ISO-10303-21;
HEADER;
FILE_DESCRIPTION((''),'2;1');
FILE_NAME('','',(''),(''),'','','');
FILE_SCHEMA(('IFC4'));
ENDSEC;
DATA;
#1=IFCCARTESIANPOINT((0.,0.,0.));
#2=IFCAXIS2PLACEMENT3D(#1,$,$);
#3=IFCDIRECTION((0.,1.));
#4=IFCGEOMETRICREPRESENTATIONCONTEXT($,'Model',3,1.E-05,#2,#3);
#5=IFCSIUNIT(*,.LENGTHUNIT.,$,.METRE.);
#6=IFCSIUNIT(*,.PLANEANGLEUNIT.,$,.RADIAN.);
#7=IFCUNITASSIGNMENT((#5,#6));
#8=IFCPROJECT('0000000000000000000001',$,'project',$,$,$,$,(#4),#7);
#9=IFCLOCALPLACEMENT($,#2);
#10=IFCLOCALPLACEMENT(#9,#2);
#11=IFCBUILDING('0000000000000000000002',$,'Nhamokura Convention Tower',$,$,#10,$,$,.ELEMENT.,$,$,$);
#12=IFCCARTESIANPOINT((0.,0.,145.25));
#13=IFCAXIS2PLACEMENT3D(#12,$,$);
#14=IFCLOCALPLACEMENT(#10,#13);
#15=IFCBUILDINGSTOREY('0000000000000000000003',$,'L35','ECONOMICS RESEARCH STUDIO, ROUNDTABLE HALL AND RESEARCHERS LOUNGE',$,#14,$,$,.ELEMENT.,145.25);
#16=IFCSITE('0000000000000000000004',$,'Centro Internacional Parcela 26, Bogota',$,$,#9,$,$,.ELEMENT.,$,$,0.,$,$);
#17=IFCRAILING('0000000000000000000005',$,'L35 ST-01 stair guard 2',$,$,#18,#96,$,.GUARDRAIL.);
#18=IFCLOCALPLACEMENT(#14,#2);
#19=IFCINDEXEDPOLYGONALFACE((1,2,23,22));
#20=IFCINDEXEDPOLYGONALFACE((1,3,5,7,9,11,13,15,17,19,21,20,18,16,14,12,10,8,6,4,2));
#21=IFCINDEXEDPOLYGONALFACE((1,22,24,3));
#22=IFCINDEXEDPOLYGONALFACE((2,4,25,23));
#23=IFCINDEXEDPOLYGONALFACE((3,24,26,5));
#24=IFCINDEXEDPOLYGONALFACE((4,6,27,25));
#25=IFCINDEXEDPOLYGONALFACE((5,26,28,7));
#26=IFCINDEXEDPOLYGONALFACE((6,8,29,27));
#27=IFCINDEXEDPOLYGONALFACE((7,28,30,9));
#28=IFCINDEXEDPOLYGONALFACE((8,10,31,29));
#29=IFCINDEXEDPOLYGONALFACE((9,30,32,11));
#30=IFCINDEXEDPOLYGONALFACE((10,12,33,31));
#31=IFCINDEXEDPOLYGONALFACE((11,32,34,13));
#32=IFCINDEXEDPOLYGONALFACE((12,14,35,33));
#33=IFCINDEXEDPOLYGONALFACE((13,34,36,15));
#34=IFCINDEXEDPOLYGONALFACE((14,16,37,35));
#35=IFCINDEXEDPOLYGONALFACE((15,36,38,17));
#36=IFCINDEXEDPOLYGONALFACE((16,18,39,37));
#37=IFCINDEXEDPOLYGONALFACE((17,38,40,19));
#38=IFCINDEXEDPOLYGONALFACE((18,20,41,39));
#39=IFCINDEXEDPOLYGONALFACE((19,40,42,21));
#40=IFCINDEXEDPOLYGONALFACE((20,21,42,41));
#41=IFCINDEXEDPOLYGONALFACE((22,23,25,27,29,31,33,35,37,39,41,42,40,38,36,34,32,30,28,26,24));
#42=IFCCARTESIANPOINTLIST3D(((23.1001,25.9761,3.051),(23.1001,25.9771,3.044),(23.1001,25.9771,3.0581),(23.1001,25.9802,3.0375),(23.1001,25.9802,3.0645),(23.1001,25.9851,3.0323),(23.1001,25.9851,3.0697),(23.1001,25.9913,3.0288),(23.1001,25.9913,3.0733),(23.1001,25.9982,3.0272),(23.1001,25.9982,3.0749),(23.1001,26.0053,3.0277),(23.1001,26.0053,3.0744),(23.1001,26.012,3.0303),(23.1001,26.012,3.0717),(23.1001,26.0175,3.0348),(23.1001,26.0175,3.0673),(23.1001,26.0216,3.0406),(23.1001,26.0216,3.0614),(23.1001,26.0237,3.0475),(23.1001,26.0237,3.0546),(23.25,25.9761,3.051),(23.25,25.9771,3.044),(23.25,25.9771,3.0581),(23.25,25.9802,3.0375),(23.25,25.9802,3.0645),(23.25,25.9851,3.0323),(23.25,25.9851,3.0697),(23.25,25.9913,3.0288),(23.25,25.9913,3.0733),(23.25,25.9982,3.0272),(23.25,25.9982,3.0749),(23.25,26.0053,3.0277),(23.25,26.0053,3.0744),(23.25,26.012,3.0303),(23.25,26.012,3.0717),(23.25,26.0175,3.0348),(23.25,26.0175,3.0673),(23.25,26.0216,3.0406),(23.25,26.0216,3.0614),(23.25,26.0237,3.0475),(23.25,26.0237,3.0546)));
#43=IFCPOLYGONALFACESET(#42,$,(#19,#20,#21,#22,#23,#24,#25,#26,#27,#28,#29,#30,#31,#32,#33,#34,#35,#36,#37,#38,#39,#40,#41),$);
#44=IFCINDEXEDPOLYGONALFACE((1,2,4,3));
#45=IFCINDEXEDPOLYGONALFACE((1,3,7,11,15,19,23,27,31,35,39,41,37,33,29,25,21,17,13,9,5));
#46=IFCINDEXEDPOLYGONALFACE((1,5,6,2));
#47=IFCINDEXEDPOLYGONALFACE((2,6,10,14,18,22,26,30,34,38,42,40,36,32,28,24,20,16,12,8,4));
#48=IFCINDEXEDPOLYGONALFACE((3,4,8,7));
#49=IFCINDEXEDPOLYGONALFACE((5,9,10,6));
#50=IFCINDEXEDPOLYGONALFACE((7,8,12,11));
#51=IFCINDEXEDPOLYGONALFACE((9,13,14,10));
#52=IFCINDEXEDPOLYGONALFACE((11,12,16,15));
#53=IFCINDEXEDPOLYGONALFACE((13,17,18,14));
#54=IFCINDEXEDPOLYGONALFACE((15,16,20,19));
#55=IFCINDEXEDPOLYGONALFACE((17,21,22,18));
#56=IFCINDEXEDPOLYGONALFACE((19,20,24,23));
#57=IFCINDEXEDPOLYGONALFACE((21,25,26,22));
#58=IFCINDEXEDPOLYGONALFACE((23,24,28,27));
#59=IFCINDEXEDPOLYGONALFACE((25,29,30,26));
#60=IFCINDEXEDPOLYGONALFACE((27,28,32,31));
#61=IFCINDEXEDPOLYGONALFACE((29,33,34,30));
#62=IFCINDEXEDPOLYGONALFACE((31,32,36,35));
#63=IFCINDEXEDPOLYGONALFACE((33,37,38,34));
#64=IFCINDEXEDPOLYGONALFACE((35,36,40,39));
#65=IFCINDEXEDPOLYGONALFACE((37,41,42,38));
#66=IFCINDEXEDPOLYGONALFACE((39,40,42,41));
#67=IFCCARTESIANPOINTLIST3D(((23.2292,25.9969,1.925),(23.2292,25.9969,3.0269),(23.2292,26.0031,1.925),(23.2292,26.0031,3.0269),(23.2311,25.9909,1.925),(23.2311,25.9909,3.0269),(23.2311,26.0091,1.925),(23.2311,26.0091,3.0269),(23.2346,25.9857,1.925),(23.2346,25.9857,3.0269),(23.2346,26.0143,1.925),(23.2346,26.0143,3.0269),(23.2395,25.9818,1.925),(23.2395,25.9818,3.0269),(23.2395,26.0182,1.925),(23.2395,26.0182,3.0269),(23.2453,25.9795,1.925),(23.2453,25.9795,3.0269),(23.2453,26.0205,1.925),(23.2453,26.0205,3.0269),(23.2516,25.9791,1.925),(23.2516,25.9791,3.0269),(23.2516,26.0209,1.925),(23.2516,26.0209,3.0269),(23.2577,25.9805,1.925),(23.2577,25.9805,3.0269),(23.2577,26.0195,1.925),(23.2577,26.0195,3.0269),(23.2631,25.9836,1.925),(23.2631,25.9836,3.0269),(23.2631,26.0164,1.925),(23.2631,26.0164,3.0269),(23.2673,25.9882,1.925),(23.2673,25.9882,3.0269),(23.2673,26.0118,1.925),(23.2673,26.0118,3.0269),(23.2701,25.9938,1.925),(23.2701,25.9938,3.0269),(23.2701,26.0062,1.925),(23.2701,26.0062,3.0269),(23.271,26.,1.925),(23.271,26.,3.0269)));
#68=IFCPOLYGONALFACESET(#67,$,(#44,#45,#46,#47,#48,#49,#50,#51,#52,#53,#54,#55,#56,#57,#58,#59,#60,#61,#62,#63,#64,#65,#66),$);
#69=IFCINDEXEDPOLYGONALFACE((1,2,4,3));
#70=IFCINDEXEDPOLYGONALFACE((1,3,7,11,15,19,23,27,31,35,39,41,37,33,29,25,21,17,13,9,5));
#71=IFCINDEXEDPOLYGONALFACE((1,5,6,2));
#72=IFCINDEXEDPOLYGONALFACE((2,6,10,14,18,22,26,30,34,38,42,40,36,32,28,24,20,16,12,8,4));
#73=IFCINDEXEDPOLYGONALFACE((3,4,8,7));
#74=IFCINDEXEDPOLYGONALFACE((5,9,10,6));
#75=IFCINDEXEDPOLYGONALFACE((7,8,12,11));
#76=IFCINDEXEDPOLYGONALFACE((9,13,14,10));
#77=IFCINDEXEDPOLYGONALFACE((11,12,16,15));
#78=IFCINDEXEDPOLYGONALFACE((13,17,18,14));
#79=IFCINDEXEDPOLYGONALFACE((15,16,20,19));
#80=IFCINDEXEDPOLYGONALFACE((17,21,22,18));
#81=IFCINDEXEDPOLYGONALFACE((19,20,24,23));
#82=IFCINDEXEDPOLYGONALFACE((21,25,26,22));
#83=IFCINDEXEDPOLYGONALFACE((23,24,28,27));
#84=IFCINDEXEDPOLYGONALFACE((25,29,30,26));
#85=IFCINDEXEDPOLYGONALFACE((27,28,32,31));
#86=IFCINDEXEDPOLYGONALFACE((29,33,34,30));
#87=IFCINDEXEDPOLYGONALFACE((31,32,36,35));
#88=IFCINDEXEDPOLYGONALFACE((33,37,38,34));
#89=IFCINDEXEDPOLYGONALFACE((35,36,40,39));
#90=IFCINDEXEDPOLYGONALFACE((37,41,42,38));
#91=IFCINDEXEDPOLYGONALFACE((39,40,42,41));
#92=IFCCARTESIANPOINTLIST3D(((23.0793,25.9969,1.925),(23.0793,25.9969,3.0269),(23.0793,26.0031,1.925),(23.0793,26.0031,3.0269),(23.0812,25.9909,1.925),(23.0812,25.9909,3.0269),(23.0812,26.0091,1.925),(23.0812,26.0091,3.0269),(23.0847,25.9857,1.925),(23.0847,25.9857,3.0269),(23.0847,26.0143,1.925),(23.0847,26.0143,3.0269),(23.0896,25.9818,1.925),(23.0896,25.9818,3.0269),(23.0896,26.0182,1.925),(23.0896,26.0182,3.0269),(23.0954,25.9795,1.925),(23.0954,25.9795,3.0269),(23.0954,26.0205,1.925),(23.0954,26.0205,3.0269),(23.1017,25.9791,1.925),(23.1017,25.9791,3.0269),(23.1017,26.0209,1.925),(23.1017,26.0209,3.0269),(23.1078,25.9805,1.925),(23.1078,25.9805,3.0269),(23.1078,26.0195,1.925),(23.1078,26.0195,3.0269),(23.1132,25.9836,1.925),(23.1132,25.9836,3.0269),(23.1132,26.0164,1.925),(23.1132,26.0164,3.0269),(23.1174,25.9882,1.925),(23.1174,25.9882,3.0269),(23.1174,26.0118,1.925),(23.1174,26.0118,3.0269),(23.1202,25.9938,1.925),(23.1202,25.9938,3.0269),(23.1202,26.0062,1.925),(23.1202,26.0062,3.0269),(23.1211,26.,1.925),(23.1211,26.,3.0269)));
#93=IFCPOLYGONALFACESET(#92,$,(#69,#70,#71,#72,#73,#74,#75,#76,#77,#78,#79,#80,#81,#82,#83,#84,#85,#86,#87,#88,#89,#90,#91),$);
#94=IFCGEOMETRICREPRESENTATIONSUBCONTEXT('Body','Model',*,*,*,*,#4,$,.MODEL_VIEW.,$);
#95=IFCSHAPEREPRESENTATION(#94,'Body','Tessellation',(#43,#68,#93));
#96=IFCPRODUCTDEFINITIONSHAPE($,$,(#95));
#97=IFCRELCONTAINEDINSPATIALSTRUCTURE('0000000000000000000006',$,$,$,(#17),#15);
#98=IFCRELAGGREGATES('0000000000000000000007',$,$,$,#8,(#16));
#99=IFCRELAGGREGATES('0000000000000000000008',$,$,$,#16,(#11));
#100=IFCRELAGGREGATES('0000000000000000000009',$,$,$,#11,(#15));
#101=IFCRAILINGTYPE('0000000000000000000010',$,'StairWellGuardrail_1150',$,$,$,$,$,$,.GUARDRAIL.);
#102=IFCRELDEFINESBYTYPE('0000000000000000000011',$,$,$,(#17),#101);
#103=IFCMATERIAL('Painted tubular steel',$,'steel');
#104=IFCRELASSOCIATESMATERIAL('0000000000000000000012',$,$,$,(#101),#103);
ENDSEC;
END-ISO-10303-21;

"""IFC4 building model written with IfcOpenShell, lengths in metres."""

from ifc_helpers import new_model, si_unit, direction, frame, origin, origin_2d, place, context, subcontext, project, spatial, circle, extrude, material, type_object, element, save


model = new_model("IFC4")

# Units and contexts
model_context = context("Model", 3, precision=1e-05, world=origin(), true_north=direction((0.0, 1.0)))
body_context = subcontext(model_context, "Body", "Model", "MODEL_VIEW")
ifc_project = project(units=[si_unit("LENGTHUNIT", "METRE"), si_unit("PLANEANGLEUNIT", "RADIAN")], contexts=[model_context])

# Site, building, storey
site_placement = place(None, origin())
site = spatial("IfcSite", under=ifc_project, at=site_placement, Name="Centro Internacional Parcela 26, Bogota", CompositionType="ELEMENT", RefElevation=0.0)
building_placement = place(site_placement, origin())
building = spatial("IfcBuilding", under=site, at=building_placement, Name="Nhamokura Convention Tower", CompositionType="ELEMENT")
storey_placement = place(building_placement, frame((0.0, 0.0, 145.25)))
storey = spatial("IfcBuildingStorey", under=building, at=storey_placement, Name="L35", Description="ECONOMICS RESEARCH STUDIO, ROUNDTABLE HALL AND RESEARCHERS LOUNGE", CompositionType="ELEMENT", Elevation=145.25)

# Railing
ifc_material_1 = material(Name="Painted tubular steel", Category="steel")
railing_type_1 = type_object("IfcRailingType", Name="StairWellGuardrail_1150", PredefinedType="GUARDRAIL", material=ifc_material_1)
railing_1_placement = place(storey_placement, frame((23.25, 26.0, 1.925)))
element("IfcRailing", 1, at=railing_1_placement, inside=storey, type_object=railing_type_1, Name="L35 ST-01 stair guard 2", PredefinedType="GUARDRAIL", context=body_context, shape_type="SweptSolid", body=[
    extrude(circle(Radius=0.0239, at=origin_2d()), frame((0.0, 0.0, 1.126), z_axis=(-1.0, 0.0, 0.0), x_axis=(0.0, -1.0, 0.0)), (0.0, 0.0, 1.0), 0.1499),
    extrude(circle(Radius=0.021, at=origin_2d()), origin(), (0.0, 0.0, 1.0), 1.1018),
    extrude(circle(Radius=0.021, at=origin_2d()), frame((-0.1499, 0.0, 0.0)), (0.0, 0.0, 1.0), 1.1018),
])

save(model, "model.ifc")
